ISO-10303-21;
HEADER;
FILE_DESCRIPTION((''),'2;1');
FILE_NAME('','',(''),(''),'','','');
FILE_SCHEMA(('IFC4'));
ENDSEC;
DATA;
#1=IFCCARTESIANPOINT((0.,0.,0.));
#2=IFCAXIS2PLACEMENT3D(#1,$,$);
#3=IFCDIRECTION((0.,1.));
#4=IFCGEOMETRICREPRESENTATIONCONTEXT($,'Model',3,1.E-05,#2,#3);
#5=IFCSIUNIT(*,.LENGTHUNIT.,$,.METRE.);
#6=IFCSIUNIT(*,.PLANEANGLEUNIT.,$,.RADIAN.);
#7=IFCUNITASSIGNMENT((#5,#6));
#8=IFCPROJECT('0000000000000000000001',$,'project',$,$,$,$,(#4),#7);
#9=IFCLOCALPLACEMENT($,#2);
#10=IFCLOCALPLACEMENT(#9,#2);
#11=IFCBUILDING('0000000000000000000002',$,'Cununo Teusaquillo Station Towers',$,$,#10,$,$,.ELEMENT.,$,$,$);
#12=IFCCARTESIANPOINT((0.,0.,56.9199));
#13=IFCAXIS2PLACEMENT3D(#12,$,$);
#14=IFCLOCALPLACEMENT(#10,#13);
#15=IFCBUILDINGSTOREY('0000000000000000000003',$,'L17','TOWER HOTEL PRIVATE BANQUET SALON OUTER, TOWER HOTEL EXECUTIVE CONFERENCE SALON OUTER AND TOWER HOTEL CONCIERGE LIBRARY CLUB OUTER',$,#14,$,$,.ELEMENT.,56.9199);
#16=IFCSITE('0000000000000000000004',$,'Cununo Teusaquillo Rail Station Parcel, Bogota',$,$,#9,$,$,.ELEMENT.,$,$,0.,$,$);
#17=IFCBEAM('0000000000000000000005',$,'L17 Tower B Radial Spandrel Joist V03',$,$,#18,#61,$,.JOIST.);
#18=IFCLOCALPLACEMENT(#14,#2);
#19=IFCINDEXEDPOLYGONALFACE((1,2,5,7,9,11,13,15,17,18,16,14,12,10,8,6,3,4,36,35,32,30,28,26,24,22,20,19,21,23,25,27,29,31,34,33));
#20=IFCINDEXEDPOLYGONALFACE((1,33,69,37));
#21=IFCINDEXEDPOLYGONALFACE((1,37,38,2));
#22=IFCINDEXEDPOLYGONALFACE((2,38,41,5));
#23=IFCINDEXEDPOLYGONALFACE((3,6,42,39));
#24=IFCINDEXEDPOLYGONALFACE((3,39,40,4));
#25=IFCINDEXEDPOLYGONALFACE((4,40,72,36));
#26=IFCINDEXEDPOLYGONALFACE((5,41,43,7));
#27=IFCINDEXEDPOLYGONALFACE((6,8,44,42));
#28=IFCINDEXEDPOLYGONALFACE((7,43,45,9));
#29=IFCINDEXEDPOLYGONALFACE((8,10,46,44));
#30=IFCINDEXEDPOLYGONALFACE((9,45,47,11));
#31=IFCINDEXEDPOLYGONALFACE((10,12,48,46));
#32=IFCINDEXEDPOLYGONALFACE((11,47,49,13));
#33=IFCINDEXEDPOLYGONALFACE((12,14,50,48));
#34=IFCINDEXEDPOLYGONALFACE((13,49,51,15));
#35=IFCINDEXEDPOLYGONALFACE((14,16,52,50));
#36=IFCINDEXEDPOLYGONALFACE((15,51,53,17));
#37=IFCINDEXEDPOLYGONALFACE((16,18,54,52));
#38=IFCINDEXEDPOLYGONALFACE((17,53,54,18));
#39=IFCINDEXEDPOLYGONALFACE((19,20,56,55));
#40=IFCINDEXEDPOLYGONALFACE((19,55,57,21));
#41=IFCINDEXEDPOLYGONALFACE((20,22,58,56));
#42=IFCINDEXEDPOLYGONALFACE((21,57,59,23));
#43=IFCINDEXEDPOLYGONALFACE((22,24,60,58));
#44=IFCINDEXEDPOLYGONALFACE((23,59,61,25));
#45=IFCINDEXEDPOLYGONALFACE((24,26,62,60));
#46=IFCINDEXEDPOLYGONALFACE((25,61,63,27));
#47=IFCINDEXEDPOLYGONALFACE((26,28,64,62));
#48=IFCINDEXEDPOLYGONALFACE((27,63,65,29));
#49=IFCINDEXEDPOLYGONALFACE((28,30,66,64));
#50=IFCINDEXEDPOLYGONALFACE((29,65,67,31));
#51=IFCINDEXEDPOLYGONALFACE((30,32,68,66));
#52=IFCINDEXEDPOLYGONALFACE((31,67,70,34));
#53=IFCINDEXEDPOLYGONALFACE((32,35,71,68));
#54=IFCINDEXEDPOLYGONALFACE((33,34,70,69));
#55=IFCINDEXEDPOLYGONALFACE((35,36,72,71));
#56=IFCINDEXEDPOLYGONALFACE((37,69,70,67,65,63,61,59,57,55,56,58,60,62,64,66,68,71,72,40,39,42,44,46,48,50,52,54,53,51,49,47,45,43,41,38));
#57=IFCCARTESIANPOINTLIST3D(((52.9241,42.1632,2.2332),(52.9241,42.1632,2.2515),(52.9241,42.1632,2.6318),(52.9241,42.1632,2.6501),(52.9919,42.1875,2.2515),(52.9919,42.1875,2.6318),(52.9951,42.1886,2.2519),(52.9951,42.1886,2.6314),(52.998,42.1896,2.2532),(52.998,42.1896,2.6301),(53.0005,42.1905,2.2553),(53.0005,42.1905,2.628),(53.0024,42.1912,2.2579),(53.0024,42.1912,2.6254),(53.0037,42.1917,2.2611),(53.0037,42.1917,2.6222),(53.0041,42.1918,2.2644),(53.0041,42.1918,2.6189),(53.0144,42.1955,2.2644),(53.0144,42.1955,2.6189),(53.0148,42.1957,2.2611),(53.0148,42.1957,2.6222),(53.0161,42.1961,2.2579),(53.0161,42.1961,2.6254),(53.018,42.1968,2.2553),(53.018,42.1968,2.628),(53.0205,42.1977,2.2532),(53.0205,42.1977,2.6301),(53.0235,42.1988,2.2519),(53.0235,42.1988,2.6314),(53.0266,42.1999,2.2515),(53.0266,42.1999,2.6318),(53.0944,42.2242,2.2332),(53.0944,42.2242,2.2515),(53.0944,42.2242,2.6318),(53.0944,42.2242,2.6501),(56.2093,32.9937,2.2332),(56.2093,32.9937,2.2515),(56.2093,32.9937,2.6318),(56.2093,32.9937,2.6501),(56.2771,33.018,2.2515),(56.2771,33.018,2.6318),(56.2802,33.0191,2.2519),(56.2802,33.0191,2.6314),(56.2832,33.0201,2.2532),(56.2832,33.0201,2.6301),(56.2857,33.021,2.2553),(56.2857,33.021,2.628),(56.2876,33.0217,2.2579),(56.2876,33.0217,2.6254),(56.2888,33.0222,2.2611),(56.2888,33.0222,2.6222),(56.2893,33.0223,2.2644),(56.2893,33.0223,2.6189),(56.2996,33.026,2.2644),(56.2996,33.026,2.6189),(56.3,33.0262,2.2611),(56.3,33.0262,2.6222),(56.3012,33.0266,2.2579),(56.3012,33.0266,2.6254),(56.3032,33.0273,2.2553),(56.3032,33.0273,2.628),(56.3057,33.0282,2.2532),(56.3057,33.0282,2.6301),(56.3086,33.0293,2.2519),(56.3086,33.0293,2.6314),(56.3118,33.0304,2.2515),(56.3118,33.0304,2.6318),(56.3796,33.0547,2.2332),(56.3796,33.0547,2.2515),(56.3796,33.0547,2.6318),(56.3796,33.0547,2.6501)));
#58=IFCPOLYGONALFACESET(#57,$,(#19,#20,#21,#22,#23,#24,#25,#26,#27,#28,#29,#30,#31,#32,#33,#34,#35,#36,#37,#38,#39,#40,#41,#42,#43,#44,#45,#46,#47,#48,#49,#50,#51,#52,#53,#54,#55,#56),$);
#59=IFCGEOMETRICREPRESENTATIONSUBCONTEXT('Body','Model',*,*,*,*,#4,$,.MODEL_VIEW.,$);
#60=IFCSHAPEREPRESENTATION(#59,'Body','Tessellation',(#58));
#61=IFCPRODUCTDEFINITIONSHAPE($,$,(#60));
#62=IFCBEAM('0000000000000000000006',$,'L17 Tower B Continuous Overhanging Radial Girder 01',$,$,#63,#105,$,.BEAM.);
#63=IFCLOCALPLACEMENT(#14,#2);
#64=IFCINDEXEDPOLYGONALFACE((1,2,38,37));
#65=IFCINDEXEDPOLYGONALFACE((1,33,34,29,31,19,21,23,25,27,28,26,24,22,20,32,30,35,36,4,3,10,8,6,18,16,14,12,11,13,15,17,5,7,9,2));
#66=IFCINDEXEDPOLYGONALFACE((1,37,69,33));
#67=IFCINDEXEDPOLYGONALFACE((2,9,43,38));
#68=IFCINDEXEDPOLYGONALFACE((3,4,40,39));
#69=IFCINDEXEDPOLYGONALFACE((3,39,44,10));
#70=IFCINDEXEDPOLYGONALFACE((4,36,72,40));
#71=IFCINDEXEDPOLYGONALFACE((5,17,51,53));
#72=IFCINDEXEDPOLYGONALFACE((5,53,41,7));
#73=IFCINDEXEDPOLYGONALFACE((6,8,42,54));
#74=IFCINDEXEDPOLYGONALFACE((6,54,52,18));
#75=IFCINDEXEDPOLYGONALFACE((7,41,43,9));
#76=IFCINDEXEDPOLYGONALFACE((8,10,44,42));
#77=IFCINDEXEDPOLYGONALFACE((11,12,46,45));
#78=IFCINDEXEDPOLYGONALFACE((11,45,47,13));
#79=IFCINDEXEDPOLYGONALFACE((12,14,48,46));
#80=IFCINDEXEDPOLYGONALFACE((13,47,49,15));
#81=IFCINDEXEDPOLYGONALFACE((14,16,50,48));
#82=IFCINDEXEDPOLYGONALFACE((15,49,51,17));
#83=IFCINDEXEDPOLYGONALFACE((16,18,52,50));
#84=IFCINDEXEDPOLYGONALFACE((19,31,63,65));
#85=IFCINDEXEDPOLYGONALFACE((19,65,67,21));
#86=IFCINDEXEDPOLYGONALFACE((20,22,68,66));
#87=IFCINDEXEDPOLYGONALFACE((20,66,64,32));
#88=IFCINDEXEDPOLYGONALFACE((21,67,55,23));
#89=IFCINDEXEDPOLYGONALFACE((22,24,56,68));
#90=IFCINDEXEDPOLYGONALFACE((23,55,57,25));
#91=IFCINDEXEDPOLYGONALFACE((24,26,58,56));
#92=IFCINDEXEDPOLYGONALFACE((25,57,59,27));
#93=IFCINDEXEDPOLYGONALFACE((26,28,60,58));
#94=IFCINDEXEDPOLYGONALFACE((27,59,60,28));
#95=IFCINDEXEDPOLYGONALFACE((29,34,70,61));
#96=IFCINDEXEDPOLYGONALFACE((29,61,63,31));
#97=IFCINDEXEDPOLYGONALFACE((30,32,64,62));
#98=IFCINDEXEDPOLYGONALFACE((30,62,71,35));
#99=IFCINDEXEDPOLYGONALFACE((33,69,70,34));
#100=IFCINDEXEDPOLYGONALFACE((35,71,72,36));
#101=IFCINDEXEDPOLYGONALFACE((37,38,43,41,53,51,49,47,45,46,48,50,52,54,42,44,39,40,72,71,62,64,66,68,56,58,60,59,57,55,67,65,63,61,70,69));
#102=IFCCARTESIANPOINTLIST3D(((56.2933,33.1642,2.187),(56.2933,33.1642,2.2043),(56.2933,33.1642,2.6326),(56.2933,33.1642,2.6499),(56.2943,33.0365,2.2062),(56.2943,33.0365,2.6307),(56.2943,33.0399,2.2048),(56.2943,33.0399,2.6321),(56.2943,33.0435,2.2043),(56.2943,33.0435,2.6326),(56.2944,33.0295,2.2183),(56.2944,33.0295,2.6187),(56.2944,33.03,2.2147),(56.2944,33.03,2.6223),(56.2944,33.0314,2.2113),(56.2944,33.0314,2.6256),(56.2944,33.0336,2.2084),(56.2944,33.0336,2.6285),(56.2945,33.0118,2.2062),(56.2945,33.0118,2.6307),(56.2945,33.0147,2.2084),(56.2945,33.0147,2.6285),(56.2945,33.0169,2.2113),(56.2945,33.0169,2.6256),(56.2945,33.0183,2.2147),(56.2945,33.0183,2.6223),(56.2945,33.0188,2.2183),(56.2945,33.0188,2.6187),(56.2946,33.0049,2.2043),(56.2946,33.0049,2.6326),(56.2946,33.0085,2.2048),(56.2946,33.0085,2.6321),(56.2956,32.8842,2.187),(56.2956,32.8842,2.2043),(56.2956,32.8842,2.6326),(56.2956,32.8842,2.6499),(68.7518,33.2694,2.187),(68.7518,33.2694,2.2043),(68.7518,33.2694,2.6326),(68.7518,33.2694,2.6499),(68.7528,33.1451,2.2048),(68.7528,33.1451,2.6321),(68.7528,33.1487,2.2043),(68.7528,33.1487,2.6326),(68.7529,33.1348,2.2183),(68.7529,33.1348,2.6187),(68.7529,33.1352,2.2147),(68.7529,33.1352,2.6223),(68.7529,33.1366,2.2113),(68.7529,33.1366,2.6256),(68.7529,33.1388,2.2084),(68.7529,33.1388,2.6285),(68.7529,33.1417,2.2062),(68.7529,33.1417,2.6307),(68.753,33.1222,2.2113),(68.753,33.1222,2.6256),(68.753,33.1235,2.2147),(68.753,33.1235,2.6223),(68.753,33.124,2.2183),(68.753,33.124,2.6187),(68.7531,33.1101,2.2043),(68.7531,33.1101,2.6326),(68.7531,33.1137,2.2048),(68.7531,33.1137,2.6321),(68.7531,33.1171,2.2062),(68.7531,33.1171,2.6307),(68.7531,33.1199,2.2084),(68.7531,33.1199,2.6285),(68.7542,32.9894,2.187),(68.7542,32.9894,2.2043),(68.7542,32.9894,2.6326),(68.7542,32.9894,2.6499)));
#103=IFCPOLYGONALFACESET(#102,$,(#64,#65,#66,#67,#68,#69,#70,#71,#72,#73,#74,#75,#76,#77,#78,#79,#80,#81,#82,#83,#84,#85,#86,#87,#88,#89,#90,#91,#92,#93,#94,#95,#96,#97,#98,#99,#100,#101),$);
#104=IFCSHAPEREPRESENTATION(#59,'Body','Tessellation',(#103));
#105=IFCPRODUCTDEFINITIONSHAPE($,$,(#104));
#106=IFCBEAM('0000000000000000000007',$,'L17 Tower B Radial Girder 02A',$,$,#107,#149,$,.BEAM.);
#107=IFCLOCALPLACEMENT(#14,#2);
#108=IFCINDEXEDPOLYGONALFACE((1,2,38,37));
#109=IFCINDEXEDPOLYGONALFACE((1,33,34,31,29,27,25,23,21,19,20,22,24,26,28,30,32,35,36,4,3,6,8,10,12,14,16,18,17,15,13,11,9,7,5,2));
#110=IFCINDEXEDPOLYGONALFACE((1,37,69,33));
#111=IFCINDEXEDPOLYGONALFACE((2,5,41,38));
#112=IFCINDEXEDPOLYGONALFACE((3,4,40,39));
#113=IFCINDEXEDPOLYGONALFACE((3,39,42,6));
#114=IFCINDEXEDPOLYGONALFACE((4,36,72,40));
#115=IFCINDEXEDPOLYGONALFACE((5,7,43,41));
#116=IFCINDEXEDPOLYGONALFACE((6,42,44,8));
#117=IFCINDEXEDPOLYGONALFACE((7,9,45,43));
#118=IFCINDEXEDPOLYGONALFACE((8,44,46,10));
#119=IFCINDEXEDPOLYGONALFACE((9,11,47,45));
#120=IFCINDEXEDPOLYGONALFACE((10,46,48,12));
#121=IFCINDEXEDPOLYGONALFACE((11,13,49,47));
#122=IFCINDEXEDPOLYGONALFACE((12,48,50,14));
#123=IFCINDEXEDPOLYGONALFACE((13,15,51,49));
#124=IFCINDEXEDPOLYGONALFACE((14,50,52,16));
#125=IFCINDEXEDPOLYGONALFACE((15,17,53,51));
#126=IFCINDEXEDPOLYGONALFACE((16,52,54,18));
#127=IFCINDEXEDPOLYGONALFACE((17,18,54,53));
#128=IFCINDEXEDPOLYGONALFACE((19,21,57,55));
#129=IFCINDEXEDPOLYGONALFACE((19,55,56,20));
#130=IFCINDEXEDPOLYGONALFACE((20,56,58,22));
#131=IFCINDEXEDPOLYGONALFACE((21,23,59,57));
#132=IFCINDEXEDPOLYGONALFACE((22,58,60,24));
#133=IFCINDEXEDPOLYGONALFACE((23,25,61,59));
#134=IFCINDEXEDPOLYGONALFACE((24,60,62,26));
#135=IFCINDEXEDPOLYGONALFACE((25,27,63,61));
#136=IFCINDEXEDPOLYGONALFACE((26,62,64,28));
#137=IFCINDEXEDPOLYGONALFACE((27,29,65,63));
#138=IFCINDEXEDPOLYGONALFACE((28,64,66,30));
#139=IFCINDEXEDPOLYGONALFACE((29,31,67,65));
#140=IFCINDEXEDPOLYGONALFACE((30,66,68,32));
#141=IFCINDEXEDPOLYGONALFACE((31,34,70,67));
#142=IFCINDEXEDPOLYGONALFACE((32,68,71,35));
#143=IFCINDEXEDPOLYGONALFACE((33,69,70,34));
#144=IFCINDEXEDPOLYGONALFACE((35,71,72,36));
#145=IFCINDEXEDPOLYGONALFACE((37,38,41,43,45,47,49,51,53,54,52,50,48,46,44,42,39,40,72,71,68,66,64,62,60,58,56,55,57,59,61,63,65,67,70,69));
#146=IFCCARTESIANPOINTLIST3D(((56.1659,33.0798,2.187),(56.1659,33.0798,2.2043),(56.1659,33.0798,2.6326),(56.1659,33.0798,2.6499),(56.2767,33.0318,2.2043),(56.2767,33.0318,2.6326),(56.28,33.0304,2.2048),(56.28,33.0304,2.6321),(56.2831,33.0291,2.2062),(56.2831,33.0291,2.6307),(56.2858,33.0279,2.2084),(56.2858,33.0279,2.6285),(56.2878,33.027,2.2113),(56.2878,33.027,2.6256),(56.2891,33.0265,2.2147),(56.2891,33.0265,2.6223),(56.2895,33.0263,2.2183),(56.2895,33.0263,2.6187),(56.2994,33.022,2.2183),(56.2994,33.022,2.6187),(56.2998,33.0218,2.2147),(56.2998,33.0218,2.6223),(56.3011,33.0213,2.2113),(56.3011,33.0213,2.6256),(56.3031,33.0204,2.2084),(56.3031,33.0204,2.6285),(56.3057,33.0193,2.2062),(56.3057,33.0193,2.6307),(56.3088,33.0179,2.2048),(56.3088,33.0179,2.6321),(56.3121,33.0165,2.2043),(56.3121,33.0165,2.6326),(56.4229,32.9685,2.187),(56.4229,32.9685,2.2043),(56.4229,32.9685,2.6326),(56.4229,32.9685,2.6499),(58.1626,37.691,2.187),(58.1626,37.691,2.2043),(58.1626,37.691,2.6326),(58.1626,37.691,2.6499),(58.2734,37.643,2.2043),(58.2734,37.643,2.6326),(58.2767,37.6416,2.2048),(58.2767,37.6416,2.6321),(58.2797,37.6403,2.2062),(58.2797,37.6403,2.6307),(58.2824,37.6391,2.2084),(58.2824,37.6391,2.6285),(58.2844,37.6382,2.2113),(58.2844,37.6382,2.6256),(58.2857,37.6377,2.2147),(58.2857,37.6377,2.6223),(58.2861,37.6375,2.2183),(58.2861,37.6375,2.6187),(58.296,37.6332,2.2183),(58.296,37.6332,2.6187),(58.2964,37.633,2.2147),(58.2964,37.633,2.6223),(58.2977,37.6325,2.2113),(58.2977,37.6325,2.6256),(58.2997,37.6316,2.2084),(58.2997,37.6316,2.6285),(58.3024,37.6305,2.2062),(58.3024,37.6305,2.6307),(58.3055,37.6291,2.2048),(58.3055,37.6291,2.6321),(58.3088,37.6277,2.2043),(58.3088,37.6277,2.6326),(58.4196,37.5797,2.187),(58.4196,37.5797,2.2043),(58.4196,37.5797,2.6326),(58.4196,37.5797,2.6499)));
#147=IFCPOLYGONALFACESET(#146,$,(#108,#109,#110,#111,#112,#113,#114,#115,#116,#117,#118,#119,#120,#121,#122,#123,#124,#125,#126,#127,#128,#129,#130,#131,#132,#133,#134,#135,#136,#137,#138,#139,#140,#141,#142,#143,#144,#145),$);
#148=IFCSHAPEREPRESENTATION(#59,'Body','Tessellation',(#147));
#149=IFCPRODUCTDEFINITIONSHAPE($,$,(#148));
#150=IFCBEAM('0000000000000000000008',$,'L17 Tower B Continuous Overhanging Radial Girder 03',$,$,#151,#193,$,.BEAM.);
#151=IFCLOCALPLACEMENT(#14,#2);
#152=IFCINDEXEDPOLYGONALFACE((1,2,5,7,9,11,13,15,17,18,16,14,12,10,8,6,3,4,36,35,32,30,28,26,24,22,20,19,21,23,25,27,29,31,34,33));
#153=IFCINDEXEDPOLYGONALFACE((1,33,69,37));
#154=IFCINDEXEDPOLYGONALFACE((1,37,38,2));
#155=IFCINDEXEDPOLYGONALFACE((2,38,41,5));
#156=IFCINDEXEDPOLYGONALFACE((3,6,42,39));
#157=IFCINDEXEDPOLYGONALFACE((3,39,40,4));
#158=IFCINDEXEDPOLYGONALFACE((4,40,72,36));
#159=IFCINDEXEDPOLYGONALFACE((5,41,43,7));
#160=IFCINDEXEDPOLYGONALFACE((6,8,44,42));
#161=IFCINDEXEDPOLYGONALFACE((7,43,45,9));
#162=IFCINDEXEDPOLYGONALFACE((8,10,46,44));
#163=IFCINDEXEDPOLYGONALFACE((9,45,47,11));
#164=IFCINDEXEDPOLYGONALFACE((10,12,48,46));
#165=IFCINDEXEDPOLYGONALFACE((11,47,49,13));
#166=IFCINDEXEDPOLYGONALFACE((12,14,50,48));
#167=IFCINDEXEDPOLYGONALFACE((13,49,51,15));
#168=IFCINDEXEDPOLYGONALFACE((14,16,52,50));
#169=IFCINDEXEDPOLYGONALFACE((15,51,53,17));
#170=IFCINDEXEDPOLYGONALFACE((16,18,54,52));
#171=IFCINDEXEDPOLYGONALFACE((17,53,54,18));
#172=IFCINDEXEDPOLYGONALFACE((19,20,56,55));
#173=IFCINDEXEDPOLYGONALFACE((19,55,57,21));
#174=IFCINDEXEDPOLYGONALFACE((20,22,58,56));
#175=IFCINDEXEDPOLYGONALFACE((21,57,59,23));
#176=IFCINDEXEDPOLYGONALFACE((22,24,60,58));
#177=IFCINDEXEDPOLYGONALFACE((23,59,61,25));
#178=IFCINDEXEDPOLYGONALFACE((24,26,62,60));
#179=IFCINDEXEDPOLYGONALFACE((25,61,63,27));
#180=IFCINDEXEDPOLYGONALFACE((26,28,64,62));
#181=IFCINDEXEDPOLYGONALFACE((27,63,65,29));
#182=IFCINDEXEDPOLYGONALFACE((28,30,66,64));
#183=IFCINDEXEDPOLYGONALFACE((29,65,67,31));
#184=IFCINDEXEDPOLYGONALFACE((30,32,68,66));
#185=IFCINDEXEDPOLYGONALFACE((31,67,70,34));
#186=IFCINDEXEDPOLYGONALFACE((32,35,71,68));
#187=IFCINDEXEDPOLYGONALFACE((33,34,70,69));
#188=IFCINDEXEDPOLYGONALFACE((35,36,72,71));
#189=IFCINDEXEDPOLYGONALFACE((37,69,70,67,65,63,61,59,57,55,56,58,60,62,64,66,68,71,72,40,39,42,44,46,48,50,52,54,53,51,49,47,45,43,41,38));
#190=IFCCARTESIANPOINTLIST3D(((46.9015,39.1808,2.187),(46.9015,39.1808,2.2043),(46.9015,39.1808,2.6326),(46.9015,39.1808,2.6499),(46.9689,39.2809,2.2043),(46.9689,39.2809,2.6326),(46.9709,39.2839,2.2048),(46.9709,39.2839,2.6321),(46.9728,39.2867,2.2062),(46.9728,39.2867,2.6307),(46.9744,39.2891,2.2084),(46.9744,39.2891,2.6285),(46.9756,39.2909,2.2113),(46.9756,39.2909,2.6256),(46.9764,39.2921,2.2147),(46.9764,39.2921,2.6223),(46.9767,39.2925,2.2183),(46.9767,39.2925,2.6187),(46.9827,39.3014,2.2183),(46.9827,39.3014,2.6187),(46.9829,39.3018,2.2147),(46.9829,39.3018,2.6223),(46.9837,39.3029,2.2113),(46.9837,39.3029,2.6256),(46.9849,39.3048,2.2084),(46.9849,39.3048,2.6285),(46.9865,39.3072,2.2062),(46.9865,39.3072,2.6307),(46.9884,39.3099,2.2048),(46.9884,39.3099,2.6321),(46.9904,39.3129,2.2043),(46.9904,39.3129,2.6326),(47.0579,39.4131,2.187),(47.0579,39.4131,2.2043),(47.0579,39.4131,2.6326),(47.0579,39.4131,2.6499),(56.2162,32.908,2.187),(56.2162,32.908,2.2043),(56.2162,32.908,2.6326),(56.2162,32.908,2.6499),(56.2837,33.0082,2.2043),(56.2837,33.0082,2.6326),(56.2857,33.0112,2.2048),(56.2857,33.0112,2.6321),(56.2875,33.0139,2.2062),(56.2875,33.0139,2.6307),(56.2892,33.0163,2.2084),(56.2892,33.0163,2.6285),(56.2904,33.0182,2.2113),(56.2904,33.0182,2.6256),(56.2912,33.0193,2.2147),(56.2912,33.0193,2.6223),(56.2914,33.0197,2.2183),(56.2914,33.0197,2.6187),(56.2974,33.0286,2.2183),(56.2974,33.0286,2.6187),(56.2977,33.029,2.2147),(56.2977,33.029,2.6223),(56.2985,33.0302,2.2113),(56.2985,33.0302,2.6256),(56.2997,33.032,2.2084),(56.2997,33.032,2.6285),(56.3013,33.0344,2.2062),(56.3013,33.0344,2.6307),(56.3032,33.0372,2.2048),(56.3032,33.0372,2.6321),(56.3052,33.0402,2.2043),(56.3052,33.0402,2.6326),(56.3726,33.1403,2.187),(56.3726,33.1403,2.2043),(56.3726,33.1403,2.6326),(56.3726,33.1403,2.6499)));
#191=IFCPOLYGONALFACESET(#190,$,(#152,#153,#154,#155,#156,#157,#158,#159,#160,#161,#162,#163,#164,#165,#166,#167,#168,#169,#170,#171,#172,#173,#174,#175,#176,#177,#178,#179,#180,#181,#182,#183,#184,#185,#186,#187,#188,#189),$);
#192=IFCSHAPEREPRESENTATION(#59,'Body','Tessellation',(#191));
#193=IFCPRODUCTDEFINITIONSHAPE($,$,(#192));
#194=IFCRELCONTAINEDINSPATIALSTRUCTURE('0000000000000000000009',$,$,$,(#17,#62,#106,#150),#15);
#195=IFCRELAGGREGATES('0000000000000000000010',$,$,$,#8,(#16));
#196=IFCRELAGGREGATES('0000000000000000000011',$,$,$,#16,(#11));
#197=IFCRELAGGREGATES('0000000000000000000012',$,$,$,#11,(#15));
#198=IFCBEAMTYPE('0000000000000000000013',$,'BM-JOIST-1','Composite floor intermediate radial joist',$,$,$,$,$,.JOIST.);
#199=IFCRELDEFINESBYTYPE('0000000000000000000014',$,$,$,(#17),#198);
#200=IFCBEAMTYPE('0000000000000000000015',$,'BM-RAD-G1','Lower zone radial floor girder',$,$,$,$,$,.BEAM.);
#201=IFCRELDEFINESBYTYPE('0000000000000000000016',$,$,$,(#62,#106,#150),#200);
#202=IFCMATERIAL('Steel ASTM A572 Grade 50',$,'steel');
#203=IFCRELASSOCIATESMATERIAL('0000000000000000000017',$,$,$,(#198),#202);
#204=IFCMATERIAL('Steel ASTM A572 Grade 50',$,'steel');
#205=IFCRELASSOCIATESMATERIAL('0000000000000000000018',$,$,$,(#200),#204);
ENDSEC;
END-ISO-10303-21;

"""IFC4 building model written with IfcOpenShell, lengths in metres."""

from ifc_helpers import new_model, si_unit, direction, frame, origin, origin_2d, place, context, subcontext, project, spatial, i_section, extrude, material, material_profile, profile_set, type_object, element, save


model = new_model("IFC4")

# Units and contexts
model_context = context("Model", 3, precision=1e-05, world=origin(), true_north=direction((0.0, 1.0)))
body_context = subcontext(model_context, "Body", "Model", "MODEL_VIEW")
ifc_project = project(units=[si_unit("LENGTHUNIT", "METRE"), si_unit("PLANEANGLEUNIT", "RADIAN")], contexts=[model_context])

# Site, building, storey
site_placement = place(None, origin())
site = spatial("IfcSite", under=ifc_project, at=site_placement, Name="Cununo Teusaquillo Rail Station Parcel, Bogota", CompositionType="ELEMENT", RefElevation=0.0)
building_placement = place(site_placement, origin())
building = spatial("IfcBuilding", under=site, at=building_placement, Name="Cununo Teusaquillo Station Towers", CompositionType="ELEMENT")
storey_placement = place(building_placement, frame((0.0, 0.0, 56.9199)))
storey = spatial("IfcBuildingStorey", under=building, at=storey_placement, Name="L17", Description="TOWER HOTEL PRIVATE BANQUET SALON OUTER, TOWER HOTEL EXECUTIVE CONFERENCE SALON OUTER AND TOWER HOTEL CONCIERGE LIBRARY CLUB OUTER", CompositionType="ELEMENT", Elevation=56.9199)

# Beams
ifc_material_1 = material(Name="Steel ASTM A572 Grade 50", Category="steel")
ifc_material_profile_1 = material_profile(ifc_material_1, i_section(OverallWidth=0.1809, OverallDepth=0.417, WebThickness=0.011, FlangeThickness=0.0183, FilletRadius=0.0129, at=origin_2d()), Name="W16X57")
ifc_profile_set_1 = profile_set([ifc_material_profile_1], Name="Steel ASTM A572 Grade 50")
beam_type_1 = type_object("IfcBeamType", Name="BM-JOIST-1", Description="Composite floor intermediate radial joist", PredefinedType="JOIST", material=ifc_profile_set_1)
beam_1_placement = place(storey_placement, frame((56.2944, 33.0242, 2.4417), z_axis=(-0.337279, 0.941405, 0.0), x_axis=(-0.941405, -0.337279, 0.0)))
element("IfcBeam", 1, at=beam_1_placement, inside=storey, type_object=beam_type_1, Name="L17 Tower B Radial Spandrel Joist V03", PredefinedType="JOIST", context=body_context, shape_type="SweptSolid", body=[
    extrude(i_section(OverallWidth=0.1809, OverallDepth=0.417, WebThickness=0.011, FlangeThickness=0.0183, FilletRadius=0.0129, at=origin_2d()), origin(), (0.0, 0.0, 1.0), 9.7402),
])
ifc_material_2 = material(Name="Steel ASTM A572 Grade 50", Category="steel")
ifc_material_profile_2 = material_profile(ifc_material_2, i_section(OverallWidth=0.28, OverallDepth=0.4629, WebThickness=0.0107, FlangeThickness=0.0173, FilletRadius=0.0139, at=origin_2d()), Name="W18X76")
ifc_profile_set_2 = profile_set([ifc_material_profile_2], Name="Steel ASTM A572 Grade 50")
beam_type_2 = type_object("IfcBeamType", Name="BM-RAD-G1", Description="Lower zone radial floor girder", PredefinedType="BEAM", material=ifc_profile_set_2)
beam_2_placement = place(storey_placement, frame((56.2944, 33.0242, 2.4185), z_axis=(0.999964, 0.008446, 0.0), x_axis=(-0.008446, 0.999964, 0.0)))
element("IfcBeam", 2, at=beam_2_placement, inside=storey, type_object=beam_type_2, Name="L17 Tower B Continuous Overhanging Radial Girder 01", PredefinedType="BEAM", context=body_context, shape_type="SweptSolid", body=[
    extrude(i_section(OverallWidth=0.28, OverallDepth=0.4629, WebThickness=0.0107, FlangeThickness=0.0173, FilletRadius=0.0139, at=origin_2d()), origin(), (0.0, 0.0, 1.0), 12.459),
])
beam_3_placement = place(storey_placement, frame((56.2944, 33.0242, 2.4185), z_axis=(0.397347, 0.917668, 0.0), x_axis=(-0.917668, 0.397347, 0.0)))
element("IfcBeam", 3, at=beam_3_placement, inside=storey, type_object=beam_type_2, Name="L17 Tower B Radial Girder 02A", PredefinedType="BEAM", context=body_context, shape_type="SweptSolid", body=[
    extrude(i_section(OverallWidth=0.28, OverallDepth=0.4629, WebThickness=0.0107, FlangeThickness=0.0173, FilletRadius=0.0139, at=origin_2d()), origin(), (0.0, 0.0, 1.0), 5.0249),
])
beam_4_placement = place(storey_placement, frame((56.2944, 33.0242, 2.4185), z_axis=(-0.829456, 0.558572, 0.0), x_axis=(-0.558572, -0.829456, 0.0)))
element("IfcBeam", 4, at=beam_4_placement, inside=storey, type_object=beam_type_2, Name="L17 Tower B Continuous Overhanging Radial Girder 03", PredefinedType="BEAM", context=body_context, shape_type="SweptSolid", body=[
    extrude(i_section(OverallWidth=0.28, OverallDepth=0.4629, WebThickness=0.0107, FlangeThickness=0.0173, FilletRadius=0.0139, at=origin_2d()), origin(), (0.0, 0.0, 1.0), 11.23),
])

save(model, "model.ifc")
